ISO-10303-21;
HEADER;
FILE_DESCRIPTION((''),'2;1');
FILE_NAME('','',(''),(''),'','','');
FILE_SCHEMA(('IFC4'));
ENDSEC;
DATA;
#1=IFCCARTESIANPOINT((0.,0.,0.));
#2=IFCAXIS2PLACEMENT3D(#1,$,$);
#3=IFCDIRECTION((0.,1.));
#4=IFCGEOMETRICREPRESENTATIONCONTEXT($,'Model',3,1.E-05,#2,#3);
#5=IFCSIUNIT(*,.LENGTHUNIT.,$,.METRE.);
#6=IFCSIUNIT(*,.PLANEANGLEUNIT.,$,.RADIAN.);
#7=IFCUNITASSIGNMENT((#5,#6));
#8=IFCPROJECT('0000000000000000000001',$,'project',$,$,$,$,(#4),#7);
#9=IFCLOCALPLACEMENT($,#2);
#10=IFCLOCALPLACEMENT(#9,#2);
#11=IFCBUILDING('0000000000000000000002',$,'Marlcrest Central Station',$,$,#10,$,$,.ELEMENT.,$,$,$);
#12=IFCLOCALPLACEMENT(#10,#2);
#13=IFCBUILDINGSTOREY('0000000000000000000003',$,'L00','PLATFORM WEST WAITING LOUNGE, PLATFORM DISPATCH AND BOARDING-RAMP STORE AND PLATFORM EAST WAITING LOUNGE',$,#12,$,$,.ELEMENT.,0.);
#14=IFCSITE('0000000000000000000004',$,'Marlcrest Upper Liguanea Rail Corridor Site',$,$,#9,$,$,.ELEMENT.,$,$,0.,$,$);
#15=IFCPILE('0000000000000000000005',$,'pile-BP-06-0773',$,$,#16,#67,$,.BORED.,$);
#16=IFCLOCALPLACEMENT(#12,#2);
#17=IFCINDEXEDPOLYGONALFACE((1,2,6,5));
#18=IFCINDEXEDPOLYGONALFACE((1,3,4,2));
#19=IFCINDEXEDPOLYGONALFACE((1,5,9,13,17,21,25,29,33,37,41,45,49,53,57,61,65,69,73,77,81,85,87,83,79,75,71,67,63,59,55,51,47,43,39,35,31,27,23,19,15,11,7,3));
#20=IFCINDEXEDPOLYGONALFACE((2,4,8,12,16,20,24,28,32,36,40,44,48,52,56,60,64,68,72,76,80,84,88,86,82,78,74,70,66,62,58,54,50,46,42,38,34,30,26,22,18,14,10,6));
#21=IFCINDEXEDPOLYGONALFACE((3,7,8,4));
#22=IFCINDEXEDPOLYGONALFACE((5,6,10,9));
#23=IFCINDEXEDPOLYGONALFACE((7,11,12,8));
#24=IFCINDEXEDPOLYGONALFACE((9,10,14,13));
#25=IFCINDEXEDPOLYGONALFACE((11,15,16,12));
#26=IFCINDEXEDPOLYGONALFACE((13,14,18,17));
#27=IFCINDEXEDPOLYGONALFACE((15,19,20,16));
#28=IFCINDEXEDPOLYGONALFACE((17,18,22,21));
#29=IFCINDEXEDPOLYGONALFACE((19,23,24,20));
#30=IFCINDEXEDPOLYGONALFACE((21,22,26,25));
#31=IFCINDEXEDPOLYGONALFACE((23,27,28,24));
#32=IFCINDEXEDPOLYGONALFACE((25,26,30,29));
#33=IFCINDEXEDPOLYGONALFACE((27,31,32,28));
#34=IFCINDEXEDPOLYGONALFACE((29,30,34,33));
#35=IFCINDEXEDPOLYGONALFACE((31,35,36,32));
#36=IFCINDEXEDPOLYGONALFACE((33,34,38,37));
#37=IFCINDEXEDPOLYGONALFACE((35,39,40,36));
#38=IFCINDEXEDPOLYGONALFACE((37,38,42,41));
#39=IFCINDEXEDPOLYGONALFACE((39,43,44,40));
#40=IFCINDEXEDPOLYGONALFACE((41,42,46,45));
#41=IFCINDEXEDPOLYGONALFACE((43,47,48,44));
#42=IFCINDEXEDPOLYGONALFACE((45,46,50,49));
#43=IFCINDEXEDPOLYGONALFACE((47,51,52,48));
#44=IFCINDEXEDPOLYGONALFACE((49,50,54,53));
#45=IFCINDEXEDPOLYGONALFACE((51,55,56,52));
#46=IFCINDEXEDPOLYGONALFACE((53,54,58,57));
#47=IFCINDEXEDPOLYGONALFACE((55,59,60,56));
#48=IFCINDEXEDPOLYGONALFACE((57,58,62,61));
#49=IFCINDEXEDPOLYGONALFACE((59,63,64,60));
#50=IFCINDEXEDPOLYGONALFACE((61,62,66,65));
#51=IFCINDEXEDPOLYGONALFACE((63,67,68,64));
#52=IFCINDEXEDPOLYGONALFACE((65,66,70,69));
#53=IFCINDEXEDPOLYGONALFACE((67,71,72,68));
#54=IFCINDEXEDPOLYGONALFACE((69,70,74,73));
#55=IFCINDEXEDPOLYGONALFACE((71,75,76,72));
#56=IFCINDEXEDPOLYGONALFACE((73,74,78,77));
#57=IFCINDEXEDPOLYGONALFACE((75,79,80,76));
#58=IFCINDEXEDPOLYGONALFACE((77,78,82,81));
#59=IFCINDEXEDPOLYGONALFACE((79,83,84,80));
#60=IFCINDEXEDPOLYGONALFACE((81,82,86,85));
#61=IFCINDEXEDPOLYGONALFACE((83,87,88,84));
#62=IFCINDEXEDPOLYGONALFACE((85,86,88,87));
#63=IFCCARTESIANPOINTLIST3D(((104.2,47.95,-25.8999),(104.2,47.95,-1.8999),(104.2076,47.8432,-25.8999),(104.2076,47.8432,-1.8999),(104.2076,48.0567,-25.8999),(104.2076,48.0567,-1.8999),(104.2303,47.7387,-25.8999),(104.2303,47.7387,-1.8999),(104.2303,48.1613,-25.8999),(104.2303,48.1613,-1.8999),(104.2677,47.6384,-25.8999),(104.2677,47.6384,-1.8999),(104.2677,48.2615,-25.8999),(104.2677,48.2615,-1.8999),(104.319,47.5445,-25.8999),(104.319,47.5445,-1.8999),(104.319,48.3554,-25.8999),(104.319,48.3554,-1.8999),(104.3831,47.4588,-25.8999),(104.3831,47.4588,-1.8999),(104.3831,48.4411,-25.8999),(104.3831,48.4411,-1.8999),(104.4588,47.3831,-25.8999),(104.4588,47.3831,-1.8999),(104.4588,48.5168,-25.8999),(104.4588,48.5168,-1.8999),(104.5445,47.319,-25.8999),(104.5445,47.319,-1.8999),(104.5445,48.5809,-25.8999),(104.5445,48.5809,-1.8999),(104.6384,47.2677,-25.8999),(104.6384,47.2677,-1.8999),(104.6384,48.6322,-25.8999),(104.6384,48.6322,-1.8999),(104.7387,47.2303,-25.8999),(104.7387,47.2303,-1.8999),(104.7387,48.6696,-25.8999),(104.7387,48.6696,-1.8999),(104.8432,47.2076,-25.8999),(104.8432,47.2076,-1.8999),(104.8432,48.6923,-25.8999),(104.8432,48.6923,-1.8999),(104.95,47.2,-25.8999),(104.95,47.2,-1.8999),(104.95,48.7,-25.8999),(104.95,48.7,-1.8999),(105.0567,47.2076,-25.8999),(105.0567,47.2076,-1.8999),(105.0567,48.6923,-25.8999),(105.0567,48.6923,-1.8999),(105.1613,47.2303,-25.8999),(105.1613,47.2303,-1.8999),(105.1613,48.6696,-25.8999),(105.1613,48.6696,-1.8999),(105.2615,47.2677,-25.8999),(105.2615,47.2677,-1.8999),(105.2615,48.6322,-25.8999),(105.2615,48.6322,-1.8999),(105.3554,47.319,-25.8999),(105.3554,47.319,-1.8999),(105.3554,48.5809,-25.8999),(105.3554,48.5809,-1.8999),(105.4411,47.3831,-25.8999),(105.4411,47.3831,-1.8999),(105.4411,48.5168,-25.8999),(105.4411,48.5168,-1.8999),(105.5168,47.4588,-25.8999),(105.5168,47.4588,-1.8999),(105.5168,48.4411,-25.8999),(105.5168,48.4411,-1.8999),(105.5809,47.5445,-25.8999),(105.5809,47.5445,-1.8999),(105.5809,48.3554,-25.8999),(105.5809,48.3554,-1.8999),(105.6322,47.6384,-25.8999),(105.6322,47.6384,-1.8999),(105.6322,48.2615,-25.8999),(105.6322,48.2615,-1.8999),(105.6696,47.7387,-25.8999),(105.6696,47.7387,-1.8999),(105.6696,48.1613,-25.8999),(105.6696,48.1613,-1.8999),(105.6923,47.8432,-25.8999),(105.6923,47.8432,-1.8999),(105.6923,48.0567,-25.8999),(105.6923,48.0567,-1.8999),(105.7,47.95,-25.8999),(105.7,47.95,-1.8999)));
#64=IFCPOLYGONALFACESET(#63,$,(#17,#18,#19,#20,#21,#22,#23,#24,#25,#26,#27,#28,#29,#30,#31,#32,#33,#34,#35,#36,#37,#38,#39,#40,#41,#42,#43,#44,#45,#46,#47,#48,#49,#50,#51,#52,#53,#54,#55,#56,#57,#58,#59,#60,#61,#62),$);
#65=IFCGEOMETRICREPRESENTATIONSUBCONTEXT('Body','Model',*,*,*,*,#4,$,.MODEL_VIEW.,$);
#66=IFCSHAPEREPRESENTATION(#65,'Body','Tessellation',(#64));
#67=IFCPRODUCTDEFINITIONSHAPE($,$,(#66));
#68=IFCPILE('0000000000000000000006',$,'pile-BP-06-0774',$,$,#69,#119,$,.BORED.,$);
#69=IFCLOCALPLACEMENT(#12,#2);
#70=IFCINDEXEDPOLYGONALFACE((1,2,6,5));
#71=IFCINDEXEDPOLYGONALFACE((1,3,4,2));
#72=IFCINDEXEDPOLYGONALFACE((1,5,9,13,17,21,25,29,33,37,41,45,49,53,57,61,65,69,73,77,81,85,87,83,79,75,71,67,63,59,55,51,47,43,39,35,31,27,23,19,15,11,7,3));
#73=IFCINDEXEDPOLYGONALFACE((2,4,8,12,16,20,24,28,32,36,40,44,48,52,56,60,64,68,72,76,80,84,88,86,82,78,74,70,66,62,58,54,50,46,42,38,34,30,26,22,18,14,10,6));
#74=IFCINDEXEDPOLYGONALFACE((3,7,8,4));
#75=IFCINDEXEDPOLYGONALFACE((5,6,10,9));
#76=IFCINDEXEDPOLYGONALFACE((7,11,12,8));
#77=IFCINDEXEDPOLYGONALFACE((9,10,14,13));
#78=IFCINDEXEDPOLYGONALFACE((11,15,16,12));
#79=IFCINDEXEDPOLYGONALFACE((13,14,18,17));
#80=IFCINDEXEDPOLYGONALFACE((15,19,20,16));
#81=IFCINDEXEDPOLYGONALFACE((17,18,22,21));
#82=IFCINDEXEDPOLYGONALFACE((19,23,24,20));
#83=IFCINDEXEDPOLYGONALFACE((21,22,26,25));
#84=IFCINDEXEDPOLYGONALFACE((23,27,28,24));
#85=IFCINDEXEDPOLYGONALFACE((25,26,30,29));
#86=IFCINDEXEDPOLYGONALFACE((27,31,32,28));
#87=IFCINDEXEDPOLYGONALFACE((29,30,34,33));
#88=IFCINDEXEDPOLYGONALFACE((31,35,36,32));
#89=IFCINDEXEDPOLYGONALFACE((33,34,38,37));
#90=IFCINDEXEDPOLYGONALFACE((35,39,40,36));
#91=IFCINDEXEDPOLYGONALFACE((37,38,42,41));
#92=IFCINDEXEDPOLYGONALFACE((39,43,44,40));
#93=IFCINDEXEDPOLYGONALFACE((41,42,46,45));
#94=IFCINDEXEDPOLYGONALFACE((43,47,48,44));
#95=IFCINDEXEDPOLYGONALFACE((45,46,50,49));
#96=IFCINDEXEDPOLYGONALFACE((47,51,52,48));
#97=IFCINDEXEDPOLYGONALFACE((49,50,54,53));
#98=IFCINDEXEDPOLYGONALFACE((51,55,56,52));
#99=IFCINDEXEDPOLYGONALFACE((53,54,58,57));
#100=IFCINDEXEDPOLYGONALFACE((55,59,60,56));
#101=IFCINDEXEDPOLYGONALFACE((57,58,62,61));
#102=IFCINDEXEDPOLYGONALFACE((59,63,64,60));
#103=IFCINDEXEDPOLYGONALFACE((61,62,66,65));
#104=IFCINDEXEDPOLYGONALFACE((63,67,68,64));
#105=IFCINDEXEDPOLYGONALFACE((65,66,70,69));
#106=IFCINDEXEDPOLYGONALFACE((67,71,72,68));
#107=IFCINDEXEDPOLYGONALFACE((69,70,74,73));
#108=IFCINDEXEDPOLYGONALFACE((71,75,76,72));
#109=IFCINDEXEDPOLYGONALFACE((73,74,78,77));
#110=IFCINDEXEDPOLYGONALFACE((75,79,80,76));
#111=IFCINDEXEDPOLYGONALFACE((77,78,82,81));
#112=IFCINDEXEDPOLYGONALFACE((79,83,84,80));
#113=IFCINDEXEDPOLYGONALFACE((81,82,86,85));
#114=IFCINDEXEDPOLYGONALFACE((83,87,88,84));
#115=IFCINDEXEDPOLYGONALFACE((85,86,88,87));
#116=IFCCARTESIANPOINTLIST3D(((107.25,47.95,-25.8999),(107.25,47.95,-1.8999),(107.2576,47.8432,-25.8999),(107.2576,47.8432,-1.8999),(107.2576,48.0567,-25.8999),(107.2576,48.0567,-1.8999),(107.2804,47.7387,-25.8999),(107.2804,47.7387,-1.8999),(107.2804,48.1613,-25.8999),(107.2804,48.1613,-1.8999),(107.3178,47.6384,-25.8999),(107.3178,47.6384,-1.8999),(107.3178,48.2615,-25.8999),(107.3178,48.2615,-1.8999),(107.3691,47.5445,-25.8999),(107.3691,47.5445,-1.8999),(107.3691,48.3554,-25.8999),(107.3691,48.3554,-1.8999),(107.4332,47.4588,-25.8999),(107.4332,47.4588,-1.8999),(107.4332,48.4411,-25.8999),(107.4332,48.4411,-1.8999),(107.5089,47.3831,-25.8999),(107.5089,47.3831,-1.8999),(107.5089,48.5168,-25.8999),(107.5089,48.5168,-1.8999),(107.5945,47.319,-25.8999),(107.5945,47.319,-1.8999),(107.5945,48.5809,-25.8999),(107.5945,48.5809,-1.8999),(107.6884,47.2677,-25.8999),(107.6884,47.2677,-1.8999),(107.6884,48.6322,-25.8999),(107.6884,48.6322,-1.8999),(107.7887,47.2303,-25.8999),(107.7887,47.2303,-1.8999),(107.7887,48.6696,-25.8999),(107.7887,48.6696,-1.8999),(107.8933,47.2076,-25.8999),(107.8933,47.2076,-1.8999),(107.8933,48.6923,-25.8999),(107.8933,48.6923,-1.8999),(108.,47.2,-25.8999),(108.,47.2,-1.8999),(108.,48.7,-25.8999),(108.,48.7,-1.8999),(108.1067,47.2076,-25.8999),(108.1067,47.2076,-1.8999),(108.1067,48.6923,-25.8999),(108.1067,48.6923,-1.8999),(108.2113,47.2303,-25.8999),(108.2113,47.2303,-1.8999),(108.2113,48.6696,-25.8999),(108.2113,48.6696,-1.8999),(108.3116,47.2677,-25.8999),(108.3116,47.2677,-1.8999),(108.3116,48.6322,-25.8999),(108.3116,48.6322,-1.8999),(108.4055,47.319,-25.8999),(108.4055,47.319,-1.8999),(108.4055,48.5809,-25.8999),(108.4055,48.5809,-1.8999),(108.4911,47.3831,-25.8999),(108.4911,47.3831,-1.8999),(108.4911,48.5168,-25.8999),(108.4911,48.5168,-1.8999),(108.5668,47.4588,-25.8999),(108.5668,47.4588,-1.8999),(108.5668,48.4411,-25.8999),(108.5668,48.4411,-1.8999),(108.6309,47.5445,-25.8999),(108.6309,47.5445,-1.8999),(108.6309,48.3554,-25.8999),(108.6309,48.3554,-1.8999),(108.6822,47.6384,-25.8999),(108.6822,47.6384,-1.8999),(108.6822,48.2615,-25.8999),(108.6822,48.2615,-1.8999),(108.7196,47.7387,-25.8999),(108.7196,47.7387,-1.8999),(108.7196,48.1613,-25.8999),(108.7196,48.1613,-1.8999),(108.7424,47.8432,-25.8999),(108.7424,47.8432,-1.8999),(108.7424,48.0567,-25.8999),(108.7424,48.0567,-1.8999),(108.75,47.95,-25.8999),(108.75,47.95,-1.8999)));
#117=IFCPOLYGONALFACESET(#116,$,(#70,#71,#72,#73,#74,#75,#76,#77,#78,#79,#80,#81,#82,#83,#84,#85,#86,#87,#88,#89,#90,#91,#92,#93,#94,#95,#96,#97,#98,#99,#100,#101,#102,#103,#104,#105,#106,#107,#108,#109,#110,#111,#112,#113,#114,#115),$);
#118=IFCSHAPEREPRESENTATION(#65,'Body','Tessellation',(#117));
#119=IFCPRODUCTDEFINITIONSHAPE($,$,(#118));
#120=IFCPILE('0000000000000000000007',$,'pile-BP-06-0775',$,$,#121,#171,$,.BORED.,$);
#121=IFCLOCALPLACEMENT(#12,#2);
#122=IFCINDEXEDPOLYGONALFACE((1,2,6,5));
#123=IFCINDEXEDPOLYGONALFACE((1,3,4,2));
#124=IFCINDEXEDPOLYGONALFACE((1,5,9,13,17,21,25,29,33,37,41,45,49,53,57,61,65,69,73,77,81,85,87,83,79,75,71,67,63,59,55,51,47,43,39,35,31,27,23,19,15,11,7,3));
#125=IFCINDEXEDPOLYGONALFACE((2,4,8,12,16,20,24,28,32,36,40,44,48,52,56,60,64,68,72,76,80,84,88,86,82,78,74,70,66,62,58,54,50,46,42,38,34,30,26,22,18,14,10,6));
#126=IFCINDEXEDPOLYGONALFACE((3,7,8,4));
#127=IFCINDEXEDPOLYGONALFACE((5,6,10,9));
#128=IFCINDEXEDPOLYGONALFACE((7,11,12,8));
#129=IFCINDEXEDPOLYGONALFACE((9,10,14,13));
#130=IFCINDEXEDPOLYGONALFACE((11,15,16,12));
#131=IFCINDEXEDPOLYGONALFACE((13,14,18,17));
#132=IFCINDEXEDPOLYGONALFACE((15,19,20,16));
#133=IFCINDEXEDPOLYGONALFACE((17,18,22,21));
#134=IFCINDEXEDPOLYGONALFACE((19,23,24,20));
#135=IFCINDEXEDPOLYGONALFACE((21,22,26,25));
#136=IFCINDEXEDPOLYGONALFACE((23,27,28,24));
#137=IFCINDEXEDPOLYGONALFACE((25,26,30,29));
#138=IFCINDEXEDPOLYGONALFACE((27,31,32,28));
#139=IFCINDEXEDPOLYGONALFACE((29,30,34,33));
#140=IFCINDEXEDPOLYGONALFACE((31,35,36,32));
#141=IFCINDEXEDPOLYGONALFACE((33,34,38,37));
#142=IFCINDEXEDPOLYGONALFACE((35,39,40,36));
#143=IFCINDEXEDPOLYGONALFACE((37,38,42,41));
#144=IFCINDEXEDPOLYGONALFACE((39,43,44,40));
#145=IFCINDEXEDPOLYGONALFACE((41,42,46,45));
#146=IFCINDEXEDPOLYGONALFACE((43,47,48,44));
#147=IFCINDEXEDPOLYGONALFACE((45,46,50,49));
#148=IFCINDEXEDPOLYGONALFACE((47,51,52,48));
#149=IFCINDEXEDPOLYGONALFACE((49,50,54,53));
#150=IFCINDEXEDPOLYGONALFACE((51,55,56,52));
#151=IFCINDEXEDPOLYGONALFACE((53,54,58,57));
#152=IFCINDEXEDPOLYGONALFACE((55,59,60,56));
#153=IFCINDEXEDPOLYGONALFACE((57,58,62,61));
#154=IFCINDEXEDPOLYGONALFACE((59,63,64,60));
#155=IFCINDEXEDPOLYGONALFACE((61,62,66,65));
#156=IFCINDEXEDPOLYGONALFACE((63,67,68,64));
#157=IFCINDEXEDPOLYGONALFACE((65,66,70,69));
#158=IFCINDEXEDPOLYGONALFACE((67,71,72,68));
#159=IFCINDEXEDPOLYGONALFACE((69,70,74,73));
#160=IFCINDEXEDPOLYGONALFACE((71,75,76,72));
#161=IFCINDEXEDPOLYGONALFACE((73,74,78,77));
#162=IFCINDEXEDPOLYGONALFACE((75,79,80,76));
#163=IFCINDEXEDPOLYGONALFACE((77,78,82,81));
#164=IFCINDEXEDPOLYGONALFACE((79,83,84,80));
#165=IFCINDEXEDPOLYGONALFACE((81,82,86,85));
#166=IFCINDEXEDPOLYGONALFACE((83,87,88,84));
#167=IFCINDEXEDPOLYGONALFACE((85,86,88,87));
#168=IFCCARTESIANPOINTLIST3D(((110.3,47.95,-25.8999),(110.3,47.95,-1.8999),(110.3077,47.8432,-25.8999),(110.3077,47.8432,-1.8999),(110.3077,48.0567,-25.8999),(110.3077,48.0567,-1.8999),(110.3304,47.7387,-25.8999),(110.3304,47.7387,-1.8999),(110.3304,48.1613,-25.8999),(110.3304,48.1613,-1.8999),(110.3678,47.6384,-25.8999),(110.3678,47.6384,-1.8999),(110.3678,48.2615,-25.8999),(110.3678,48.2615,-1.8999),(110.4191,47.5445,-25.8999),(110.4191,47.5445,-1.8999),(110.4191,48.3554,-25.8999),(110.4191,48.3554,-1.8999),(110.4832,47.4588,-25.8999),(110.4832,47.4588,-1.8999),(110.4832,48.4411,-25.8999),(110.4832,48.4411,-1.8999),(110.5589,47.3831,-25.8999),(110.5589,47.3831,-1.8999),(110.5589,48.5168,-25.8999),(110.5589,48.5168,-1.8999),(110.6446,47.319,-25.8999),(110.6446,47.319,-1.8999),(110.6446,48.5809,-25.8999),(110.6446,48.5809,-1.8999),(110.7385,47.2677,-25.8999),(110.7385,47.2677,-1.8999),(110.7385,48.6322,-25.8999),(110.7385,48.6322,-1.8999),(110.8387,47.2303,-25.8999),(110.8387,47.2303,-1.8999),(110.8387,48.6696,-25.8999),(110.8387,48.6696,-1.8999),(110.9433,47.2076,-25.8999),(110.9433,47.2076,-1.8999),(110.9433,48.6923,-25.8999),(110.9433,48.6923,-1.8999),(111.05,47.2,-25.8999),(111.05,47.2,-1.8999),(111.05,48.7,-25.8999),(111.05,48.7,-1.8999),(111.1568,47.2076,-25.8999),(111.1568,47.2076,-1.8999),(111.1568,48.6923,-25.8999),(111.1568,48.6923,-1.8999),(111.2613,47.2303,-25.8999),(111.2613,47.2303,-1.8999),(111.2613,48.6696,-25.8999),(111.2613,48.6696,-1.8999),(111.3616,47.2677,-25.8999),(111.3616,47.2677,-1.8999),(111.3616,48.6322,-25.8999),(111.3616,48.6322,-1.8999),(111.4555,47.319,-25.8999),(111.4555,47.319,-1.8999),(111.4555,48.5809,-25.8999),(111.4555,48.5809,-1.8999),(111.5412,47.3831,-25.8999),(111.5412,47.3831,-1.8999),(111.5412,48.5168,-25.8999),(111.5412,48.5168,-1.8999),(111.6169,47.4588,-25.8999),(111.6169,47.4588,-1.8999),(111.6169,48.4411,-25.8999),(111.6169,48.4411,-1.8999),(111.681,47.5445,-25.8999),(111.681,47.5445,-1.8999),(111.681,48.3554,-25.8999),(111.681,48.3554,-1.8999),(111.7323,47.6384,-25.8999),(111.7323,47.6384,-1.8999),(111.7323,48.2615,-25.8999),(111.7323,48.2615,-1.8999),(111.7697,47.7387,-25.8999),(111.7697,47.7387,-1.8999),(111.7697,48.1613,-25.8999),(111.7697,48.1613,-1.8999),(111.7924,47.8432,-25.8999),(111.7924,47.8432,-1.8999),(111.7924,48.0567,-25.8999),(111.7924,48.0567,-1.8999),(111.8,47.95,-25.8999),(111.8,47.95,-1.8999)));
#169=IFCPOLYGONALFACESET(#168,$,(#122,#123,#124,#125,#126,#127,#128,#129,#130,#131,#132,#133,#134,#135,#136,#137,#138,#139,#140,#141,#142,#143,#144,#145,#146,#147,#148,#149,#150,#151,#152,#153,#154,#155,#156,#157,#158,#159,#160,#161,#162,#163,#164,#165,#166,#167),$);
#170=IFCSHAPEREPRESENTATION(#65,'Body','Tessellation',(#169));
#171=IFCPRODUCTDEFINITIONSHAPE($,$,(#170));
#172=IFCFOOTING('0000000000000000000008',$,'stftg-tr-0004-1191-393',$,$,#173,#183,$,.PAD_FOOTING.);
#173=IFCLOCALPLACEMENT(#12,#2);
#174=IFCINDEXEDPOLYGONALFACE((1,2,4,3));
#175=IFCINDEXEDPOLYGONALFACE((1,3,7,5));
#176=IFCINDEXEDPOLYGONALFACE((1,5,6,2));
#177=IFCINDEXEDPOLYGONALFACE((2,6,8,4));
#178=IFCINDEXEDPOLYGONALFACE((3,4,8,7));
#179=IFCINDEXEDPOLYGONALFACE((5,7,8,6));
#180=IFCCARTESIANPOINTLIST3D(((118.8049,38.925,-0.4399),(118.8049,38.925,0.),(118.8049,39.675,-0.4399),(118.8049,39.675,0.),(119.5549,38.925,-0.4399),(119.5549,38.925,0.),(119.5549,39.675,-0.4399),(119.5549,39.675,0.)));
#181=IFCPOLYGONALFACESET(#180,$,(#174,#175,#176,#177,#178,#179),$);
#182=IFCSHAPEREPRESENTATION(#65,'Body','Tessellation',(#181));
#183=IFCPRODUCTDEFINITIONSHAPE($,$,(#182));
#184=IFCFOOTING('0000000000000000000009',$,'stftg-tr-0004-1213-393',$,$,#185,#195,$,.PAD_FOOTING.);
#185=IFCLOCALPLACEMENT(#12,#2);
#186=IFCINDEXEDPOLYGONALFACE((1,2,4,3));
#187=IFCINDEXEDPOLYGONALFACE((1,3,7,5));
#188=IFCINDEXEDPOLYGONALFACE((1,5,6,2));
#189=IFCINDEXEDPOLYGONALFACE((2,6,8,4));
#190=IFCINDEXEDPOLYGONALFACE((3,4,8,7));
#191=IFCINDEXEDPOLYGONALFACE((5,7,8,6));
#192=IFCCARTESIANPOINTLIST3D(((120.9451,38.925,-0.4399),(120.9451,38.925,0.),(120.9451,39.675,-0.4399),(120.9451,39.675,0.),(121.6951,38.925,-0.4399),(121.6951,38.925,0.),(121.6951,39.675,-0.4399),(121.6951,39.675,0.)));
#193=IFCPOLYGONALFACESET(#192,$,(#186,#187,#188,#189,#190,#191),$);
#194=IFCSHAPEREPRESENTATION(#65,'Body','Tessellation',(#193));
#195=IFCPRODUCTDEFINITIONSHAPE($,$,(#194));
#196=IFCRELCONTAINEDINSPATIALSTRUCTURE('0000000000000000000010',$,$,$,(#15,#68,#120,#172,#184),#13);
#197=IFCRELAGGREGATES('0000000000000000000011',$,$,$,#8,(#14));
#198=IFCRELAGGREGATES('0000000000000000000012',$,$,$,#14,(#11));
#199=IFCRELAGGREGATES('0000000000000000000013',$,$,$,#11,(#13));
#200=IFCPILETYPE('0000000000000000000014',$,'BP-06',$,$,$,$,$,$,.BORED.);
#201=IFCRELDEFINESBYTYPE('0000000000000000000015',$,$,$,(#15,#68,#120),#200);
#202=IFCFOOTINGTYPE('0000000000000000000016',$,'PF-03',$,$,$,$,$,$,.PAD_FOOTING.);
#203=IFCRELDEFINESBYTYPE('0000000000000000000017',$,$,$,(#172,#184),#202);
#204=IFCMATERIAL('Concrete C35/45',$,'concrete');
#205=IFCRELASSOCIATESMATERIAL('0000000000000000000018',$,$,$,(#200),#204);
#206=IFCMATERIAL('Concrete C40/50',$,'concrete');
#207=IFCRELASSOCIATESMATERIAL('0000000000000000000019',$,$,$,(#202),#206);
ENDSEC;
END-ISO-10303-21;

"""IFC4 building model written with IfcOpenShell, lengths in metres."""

from ifc_helpers import new_model, si_unit, direction, frame, origin, origin_2d, place, context, subcontext, project, spatial, rectangle, circle, extrude, material, material_profile, profile_set, type_object, element, save


model = new_model("IFC4")

# Units and contexts
model_context = context("Model", 3, precision=1e-05, world=origin(), true_north=direction((0.0, 1.0)))
body_context = subcontext(model_context, "Body", "Model", "MODEL_VIEW")
ifc_project = project(units=[si_unit("LENGTHUNIT", "METRE"), si_unit("PLANEANGLEUNIT", "RADIAN")], contexts=[model_context])

# Site, building, storey
site_placement = place(None, origin())
site = spatial("IfcSite", under=ifc_project, at=site_placement, Name="Marlcrest Upper Liguanea Rail Corridor Site", CompositionType="ELEMENT", RefElevation=0.0)
building_placement = place(site_placement, origin())
building = spatial("IfcBuilding", under=site, at=building_placement, Name="Marlcrest Central Station", CompositionType="ELEMENT")
storey_placement = place(building_placement, origin())
storey = spatial("IfcBuildingStorey", under=building, at=storey_placement, Name="L00", Description="PLATFORM WEST WAITING LOUNGE, PLATFORM DISPATCH AND BOARDING-RAMP STORE AND PLATFORM EAST WAITING LOUNGE", CompositionType="ELEMENT", Elevation=0.0)

# Piles
ifc_material_1 = material(Name="Concrete C35/45", Category="concrete")
ifc_material_profile_1 = material_profile(ifc_material_1, circle(Radius=0.75, at=origin_2d()), Name="PILE D1500")
ifc_profile_set_1 = profile_set([ifc_material_profile_1], Name="Concrete C35/45")
pile_type_1 = type_object("IfcPileType", Name="BP-06", PredefinedType="BORED", material=ifc_profile_set_1)
for number, where, z_axis, x_axis, name in (
    (1, (104.95, 47.95, -1.8999), (0.0, 0.0, -1.0), (1.0, 0.0, 0.0), "pile-BP-06-0773"),
    (2, (108.0, 47.95, -1.8999), (0.0, 0.0, -1.0), (1.0, 0.0, 0.0), "pile-BP-06-0774"),
    (3, (111.05, 47.95, -1.8999), (0.0, 0.0, -1.0), (1.0, 0.0, 0.0), "pile-BP-06-0775"),
):
    element("IfcPile", number, at=place(storey_placement, frame(where, z_axis=z_axis, x_axis=x_axis)), inside=storey, type_object=pile_type_1, Name=name, PredefinedType="BORED", context=body_context, shape_type="SweptSolid", body=[
        extrude(circle(Radius=0.75, at=origin_2d()), origin(), (0.0, 0.0, 1.0), 24.0),
    ])

# Footings
ifc_material_2 = material(Name="Concrete C40/50", Category="concrete")
footing_type = type_object("IfcFootingType", Name="PF-03", PredefinedType="PAD_FOOTING", material=ifc_material_2)
for number, where, z_axis, x_axis, name in (
    (4, (119.1799, 39.3, -0.4399), (0.0, 0.0, 1.0), (1.0, 0.0, 0.0), "stftg-tr-0004-1191-393"),
    (5, (121.3201, 39.3, -0.4399), (0.0, 0.0, 1.0), (1.0, 0.0, 0.0), "stftg-tr-0004-1213-393"),
):
    element("IfcFooting", number, at=place(storey_placement, frame(where, z_axis=z_axis, x_axis=x_axis)), inside=storey, type_object=footing_type, Name=name, PredefinedType="PAD_FOOTING", context=body_context, shape_type="SweptSolid", body=[
        extrude(rectangle(XDim=0.75, YDim=0.75, at=origin_2d()), origin(), (0.0, 0.0, 1.0), 0.4399),
    ])

save(model, "model.ifc")
